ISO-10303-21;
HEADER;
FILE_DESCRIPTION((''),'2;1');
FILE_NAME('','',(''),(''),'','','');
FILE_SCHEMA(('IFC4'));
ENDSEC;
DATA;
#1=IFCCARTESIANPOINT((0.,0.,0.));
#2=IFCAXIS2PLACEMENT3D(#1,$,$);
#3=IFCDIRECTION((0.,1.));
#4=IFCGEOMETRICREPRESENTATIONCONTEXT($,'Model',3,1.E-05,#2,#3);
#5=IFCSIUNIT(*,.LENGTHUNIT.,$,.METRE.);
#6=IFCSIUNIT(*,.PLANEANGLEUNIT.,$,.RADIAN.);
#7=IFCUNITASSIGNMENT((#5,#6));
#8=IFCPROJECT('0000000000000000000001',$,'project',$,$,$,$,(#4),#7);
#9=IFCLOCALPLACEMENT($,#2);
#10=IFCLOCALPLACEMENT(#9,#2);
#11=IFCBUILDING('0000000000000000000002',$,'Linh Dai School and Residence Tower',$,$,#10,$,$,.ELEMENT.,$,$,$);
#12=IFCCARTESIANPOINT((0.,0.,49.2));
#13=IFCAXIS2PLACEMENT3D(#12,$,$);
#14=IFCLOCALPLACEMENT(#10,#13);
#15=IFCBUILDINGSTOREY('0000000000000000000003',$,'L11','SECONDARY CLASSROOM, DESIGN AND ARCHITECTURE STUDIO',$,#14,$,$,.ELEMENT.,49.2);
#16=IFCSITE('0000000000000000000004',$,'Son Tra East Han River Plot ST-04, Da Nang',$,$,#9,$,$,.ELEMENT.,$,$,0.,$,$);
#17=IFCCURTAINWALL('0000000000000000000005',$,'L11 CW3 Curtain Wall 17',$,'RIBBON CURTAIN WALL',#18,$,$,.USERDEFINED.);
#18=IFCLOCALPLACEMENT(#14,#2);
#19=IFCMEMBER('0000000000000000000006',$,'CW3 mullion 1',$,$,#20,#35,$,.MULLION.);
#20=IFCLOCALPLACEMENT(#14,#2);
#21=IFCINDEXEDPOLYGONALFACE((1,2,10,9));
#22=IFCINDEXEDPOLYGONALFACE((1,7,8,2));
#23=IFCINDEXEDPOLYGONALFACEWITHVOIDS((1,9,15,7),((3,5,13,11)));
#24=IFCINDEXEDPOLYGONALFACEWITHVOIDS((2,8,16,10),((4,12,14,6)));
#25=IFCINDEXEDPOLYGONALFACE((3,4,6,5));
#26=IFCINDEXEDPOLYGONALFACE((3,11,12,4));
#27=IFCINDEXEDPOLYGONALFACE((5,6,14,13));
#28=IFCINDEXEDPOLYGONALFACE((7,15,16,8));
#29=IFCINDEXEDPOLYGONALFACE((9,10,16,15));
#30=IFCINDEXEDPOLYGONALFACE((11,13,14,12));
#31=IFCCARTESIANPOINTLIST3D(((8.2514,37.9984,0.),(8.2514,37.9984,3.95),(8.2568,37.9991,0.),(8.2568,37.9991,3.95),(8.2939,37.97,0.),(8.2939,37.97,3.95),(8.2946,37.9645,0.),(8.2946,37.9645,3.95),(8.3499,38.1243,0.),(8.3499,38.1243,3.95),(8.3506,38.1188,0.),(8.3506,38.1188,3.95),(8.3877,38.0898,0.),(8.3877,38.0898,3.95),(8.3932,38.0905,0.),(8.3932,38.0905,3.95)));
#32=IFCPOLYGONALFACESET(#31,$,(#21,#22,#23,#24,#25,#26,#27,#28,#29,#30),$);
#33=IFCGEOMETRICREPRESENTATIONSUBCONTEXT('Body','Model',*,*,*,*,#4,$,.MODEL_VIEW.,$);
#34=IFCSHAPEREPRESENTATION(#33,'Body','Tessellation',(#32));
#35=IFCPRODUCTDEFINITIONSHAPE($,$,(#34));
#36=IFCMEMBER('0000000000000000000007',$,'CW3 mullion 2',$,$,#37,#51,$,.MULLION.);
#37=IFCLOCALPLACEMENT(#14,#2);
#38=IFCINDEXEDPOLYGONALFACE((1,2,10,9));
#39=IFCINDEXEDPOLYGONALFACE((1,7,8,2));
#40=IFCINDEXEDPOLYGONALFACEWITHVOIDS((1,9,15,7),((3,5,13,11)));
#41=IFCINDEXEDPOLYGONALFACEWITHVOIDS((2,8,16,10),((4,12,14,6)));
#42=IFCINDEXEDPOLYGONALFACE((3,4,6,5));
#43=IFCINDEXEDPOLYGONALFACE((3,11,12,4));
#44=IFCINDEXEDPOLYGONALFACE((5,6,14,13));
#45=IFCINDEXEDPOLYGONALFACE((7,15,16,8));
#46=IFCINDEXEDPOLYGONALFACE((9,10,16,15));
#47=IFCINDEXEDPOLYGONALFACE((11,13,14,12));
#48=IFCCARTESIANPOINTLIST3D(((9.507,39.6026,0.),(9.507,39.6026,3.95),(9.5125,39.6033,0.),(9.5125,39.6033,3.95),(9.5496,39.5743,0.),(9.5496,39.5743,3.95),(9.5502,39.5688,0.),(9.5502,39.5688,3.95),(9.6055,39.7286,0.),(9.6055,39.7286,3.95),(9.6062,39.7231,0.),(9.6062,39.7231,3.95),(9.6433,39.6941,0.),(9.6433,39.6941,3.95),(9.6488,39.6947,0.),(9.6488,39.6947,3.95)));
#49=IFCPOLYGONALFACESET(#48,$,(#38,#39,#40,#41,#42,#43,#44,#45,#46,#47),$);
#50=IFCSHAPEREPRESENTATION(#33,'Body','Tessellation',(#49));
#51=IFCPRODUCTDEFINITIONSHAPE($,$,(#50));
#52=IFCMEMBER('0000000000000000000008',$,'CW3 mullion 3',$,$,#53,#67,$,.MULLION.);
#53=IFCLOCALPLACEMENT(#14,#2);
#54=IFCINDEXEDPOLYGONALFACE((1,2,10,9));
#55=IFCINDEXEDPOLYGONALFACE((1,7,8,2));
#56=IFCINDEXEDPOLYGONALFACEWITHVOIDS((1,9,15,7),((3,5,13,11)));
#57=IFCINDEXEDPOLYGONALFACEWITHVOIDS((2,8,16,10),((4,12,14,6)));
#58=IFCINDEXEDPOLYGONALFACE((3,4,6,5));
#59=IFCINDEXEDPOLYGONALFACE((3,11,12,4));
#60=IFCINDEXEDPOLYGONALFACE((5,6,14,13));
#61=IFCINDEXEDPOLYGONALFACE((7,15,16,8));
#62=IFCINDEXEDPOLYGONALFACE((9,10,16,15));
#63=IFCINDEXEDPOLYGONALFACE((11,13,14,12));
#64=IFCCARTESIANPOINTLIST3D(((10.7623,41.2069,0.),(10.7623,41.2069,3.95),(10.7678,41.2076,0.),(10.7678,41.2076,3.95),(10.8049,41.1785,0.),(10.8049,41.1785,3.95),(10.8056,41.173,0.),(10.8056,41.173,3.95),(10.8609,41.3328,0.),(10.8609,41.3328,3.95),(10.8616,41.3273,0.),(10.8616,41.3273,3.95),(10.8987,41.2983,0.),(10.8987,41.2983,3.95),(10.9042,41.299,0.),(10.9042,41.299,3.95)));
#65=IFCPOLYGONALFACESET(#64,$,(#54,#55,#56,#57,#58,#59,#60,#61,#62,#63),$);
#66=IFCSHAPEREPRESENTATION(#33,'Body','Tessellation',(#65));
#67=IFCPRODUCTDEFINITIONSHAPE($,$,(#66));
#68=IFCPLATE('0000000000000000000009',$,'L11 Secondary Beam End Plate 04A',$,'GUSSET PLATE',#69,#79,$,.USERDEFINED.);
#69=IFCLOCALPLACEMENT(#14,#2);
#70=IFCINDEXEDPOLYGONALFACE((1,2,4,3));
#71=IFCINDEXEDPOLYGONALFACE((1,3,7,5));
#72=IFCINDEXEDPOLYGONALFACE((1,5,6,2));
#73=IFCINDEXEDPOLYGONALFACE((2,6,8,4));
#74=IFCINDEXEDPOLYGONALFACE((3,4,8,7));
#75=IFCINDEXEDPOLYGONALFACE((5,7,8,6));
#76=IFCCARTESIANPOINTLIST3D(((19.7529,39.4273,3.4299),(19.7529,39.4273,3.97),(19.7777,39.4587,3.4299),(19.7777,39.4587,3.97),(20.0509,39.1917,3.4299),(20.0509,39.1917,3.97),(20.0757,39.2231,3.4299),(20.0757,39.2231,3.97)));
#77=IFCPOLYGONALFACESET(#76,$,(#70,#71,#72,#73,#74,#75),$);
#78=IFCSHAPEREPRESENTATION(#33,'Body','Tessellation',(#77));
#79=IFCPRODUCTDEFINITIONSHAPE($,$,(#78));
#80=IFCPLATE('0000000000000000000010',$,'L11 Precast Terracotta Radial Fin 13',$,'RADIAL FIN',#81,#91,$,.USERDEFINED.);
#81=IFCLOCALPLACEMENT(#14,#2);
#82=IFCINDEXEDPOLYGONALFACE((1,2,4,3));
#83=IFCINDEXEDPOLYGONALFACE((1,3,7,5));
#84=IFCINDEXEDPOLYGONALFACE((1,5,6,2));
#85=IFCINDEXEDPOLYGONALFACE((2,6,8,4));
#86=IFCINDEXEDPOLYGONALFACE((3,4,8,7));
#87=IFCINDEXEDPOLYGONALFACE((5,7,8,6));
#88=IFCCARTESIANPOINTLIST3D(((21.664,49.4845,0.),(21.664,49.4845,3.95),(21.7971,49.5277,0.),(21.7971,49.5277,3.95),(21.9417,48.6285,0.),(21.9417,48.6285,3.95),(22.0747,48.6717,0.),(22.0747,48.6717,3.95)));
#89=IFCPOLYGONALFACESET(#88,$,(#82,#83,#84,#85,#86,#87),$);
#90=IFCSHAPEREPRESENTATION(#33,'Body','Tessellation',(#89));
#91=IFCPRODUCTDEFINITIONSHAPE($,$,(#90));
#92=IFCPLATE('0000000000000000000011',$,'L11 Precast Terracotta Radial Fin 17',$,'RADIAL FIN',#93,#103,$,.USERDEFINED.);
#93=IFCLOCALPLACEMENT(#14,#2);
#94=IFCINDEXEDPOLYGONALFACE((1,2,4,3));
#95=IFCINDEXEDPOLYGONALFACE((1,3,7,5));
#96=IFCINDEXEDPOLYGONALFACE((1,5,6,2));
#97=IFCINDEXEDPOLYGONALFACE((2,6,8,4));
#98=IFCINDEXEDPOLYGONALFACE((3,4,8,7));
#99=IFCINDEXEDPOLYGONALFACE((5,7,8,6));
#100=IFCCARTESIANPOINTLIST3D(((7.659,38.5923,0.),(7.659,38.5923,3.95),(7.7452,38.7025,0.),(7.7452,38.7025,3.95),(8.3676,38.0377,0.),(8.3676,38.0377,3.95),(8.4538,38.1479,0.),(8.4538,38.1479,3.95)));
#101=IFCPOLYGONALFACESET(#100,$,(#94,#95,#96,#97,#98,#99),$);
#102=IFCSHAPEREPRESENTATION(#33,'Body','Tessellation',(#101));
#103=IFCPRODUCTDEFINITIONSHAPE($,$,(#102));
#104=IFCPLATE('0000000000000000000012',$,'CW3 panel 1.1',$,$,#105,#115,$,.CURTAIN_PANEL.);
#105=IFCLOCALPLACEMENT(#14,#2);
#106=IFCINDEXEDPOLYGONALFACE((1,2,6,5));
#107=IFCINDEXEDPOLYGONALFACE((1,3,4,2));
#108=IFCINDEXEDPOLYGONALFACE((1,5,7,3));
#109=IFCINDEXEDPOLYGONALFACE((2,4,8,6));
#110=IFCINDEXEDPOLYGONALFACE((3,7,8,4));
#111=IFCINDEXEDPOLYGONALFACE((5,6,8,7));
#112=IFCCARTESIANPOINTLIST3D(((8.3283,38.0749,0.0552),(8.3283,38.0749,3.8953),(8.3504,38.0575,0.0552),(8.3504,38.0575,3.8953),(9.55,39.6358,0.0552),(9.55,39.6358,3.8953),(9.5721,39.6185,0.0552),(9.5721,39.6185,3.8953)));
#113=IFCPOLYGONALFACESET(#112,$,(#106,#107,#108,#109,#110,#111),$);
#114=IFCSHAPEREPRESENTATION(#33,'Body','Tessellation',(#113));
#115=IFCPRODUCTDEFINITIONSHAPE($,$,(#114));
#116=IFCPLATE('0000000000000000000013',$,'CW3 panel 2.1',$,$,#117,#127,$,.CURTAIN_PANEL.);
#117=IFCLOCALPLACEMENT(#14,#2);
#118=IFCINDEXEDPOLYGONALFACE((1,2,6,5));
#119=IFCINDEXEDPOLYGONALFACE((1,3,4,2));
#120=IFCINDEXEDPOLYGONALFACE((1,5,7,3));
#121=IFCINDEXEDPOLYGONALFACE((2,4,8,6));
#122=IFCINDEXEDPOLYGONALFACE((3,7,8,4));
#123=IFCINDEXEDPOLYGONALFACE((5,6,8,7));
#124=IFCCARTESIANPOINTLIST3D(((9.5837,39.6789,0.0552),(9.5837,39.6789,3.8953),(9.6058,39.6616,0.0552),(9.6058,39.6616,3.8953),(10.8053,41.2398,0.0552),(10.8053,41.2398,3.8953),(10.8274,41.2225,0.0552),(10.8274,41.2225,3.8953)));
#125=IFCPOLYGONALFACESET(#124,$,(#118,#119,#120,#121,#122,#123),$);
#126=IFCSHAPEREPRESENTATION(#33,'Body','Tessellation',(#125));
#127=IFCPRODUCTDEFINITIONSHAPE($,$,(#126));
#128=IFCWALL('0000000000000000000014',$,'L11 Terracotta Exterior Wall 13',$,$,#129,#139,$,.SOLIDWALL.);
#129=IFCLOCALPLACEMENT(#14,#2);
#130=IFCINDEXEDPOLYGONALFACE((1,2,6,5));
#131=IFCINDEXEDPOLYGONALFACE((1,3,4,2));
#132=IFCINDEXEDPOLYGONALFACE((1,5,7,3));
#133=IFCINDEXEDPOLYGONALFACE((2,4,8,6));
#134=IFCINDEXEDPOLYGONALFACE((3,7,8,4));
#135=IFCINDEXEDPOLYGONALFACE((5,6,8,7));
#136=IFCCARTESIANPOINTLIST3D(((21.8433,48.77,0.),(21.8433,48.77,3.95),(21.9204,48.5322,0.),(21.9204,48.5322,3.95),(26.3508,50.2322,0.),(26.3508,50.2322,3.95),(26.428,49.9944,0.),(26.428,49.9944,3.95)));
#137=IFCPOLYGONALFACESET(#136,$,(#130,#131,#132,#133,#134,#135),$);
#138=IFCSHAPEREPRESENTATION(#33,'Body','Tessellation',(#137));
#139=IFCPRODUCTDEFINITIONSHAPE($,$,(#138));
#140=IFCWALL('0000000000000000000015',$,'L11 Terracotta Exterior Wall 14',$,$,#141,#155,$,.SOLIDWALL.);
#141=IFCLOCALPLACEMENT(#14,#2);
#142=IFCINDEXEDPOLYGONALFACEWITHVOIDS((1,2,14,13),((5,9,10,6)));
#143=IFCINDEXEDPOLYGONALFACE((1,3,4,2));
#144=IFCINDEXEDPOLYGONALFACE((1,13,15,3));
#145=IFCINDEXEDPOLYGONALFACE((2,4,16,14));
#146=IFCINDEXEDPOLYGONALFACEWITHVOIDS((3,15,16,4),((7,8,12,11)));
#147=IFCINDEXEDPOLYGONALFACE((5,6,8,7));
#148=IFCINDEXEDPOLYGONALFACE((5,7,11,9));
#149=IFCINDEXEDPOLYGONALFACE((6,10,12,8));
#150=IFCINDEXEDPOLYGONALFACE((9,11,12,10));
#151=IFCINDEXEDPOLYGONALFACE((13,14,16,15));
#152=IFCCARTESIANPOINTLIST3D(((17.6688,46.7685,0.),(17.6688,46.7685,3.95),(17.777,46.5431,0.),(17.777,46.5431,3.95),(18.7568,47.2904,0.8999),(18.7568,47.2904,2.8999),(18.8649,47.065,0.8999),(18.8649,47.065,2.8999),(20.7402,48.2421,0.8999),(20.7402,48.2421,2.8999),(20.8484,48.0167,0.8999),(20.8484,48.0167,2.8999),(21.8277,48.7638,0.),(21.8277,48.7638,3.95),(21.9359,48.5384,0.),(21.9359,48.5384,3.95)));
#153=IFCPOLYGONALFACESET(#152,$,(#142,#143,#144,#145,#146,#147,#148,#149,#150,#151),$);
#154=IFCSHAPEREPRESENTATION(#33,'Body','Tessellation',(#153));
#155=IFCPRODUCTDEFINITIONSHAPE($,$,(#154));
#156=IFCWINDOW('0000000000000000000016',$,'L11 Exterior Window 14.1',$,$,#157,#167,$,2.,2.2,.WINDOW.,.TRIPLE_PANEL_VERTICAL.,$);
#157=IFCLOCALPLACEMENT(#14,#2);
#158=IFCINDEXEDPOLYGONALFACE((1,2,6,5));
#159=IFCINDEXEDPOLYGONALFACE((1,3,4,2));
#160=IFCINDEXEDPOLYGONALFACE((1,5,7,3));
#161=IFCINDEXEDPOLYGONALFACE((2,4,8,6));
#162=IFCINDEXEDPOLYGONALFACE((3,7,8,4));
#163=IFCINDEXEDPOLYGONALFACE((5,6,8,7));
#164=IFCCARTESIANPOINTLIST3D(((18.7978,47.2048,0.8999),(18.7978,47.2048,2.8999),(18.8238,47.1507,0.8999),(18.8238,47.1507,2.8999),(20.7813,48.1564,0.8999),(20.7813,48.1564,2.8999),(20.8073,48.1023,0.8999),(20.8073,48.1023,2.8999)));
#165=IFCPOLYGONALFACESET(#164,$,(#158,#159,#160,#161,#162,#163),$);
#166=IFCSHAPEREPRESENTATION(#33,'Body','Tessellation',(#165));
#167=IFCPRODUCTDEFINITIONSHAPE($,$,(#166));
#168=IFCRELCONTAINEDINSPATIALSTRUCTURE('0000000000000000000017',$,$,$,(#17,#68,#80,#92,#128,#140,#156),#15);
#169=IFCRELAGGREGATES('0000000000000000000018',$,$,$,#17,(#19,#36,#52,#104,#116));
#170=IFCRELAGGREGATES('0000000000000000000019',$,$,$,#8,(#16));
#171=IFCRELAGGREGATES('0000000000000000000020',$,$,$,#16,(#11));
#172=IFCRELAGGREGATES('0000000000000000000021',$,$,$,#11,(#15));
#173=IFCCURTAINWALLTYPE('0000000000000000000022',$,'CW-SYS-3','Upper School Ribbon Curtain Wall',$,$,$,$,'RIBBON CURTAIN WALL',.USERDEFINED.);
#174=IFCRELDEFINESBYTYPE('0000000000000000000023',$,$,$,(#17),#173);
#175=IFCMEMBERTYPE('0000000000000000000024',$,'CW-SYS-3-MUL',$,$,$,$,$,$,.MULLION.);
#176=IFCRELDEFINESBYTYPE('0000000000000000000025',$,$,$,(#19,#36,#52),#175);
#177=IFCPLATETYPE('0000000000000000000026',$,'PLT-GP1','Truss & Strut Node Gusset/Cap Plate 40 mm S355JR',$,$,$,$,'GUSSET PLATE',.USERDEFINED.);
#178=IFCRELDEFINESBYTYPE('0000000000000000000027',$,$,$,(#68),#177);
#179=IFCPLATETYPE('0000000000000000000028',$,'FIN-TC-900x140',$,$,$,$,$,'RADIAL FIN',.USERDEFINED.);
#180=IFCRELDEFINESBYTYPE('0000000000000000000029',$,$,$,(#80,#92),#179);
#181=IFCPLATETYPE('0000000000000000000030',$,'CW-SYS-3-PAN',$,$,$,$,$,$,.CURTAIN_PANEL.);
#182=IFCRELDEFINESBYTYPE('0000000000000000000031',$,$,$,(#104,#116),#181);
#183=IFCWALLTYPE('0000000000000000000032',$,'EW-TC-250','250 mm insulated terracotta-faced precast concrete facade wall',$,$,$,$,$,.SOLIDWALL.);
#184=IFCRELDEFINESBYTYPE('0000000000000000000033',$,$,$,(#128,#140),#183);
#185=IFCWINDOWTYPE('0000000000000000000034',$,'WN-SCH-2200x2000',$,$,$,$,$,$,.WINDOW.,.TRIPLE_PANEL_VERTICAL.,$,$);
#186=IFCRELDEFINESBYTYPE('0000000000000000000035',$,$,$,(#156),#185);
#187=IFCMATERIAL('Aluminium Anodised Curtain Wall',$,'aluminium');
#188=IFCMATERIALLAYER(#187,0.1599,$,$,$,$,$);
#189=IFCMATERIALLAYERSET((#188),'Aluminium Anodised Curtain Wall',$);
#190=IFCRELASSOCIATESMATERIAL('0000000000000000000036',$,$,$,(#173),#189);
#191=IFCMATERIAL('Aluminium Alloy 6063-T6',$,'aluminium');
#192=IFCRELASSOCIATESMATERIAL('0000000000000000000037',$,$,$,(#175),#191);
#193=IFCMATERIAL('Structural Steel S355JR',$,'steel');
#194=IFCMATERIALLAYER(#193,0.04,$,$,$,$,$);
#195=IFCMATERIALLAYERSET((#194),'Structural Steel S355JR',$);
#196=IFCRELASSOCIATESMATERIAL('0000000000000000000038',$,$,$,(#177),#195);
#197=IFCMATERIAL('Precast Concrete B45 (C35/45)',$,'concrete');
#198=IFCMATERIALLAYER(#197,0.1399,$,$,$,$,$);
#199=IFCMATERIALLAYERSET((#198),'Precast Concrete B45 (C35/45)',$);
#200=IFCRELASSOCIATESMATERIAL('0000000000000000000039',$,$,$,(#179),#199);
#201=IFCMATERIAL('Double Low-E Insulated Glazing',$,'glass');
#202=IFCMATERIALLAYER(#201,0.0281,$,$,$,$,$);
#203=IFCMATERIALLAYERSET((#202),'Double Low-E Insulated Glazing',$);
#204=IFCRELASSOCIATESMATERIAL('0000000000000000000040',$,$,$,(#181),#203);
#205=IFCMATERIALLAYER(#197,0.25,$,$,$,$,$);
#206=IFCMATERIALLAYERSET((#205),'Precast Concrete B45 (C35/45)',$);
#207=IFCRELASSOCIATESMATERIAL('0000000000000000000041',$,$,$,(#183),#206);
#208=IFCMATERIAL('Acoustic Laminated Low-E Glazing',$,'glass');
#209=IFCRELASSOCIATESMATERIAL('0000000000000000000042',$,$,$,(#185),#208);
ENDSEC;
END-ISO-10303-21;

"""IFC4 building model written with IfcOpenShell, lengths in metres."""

from ifc_helpers import new_model, si_unit, direction, frame, frame_2d, origin, origin_2d, place, context, subcontext, project, spatial, rectangle, hollow_rectangle, extrude, source, transform, mapped, material, layer, layer_set, material_profile, profile_set, type_object, element, fill, aggregate, save


model = new_model("IFC4")

# Units and contexts
model_context = context("Model", 3, precision=1e-05, world=origin(), true_north=direction((0.0, 1.0)))
body_context = subcontext(model_context, "Body", "Model", "MODEL_VIEW")
ifc_project = project(units=[si_unit("LENGTHUNIT", "METRE"), si_unit("PLANEANGLEUNIT", "RADIAN")], contexts=[model_context])

# Site, building, storey
site_placement = place(None, origin())
site = spatial("IfcSite", under=ifc_project, at=site_placement, Name="Son Tra East Han River Plot ST-04, Da Nang", CompositionType="ELEMENT", RefElevation=0.0)
building_placement = place(site_placement, origin())
building = spatial("IfcBuilding", under=site, at=building_placement, Name="Linh Dai School and Residence Tower", CompositionType="ELEMENT")
storey_placement = place(building_placement, frame((0.0, 0.0, 49.2)))
storey = spatial("IfcBuildingStorey", under=building, at=storey_placement, Name="L11", Description="SECONDARY CLASSROOM, DESIGN AND ARCHITECTURE STUDIO", CompositionType="ELEMENT", Elevation=49.2)

# Shared definitions
ifc_material_1 = material(Name="Structural Steel S355JR", Category="steel")

# Curtain wall, members
ifc_material_2 = material(Name="Aluminium Anodised Curtain Wall", Category="aluminium")
ifc_layer_1 = layer(ifc_material_2, 0.1599)
ifc_layer_set_1 = layer_set([ifc_layer_1], Name="Aluminium Anodised Curtain Wall")
curtain_wall_type = type_object("IfcCurtainWallType", Name="CW-SYS-3", Description="Upper School Ribbon Curtain Wall", ElementType="RIBBON CURTAIN WALL", PredefinedType="USERDEFINED", material=ifc_layer_set_1)
curtain_wall_placement = place(storey_placement, origin())
curtain_wall = element("IfcCurtainWall", 1, at=curtain_wall_placement, inside=storey, type_object=curtain_wall_type, Name="L11 CW3 Curtain Wall 17", ObjectType="RIBBON CURTAIN WALL", PredefinedType="USERDEFINED")
ifc_material_3 = material(Name="Aluminium Alloy 6063-T6", Category="aluminium")
ifc_material_profile_1 = material_profile(ifc_material_3, hollow_rectangle(XDim=0.0549, YDim=0.1599, WallThickness=0.0039, at=origin_2d()), Name="RHS 160x55x4")
ifc_profile_set_1 = profile_set([ifc_material_profile_1], Name="Aluminium Alloy 6063-T6")
member_type_1 = type_object("IfcMemberType", Name="CW-SYS-3-MUL", PredefinedType="MULLION", material=ifc_profile_set_1)
shared_shape_1 = source(origin(), body_context, "Body", "SweptSolid", [
    extrude(hollow_rectangle(XDim=0.0549, YDim=0.1599, WallThickness=0.0039, at=origin_2d()), origin(), (0.0, 0.0, 1.0), 3.95),
])
member_1_placement = place(storey_placement, frame((8.3223, 38.0444, 0.0), z_axis=(0.0, 0.0, 1.0), x_axis=(-0.787496, 0.616319, 0.0)))
member_1 = element("IfcMember", 2, at=member_1_placement, type_object=member_type_1, Name="CW3 mullion 1", PredefinedType="MULLION", context=body_context, shape_type="MappedRepresentation", body=[
    mapped(shared_shape_1, transform((0.0, 0.0, 0.0), x_axis=(1.0, 0.0, 0.0), y_axis=(0.0, 1.0, 0.0), z_axis=(0.0, 0.0, 1.0), scale=1.0)),
])
member_2_placement = place(storey_placement, frame((9.5779, 39.6487, 0.0), z_axis=(0.0, 0.0, 1.0), x_axis=(-0.787496, 0.616319, 0.0)))
member_2 = element("IfcMember", 3, at=member_2_placement, type_object=member_type_1, Name="CW3 mullion 2", PredefinedType="MULLION", context=body_context, shape_type="MappedRepresentation", body=[
    mapped(shared_shape_1, transform((0.0, 0.0, 0.0), x_axis=(1.0, 0.0, 0.0), y_axis=(0.0, 1.0, 0.0), z_axis=(0.0, 0.0, 1.0), scale=1.0)),
])
member_3_placement = place(storey_placement, frame((10.8333, 41.2529, 0.0), z_axis=(0.0, 0.0, 1.0), x_axis=(-0.787496, 0.616319, 0.0)))
member_3 = element("IfcMember", 4, at=member_3_placement, type_object=member_type_1, Name="CW3 mullion 3", PredefinedType="MULLION", context=body_context, shape_type="MappedRepresentation", body=[
    mapped(shared_shape_1, transform((0.0, 0.0, 0.0), x_axis=(1.0, 0.0, 0.0), y_axis=(0.0, 1.0, 0.0), z_axis=(0.0, 0.0, 1.0), scale=1.0)),
])

# Plates
ifc_layer_2 = layer(ifc_material_1, 0.04)
ifc_layer_set_2 = layer_set([ifc_layer_2], Name="Structural Steel S355JR")
plate_type_1 = type_object("IfcPlateType", Name="PLT-GP1", Description="Truss & Strut Node Gusset/Cap Plate 40 mm S355JR", ElementType="GUSSET PLATE", PredefinedType="USERDEFINED", material=ifc_layer_set_2)
shared_shape_2 = source(origin(), body_context, "Body", "SweptSolid", [
    extrude(rectangle(XDim=0.04, YDim=0.3799, at=origin_2d()), origin(), (0.0, 0.0, 1.0), 0.54),
])
plate_1_placement = place(storey_placement, frame((19.9143, 39.3252, 3.4299), z_axis=(0.0, 0.0, 1.0), x_axis=(-0.620178, -0.784461, 0.0)))
element("IfcPlate", 5, at=plate_1_placement, inside=storey, type_object=plate_type_1, Name="L11 Secondary Beam End Plate 04A", ObjectType="GUSSET PLATE", PredefinedType="USERDEFINED", context=body_context, shape_type="MappedRepresentation", body=[
    mapped(shared_shape_2, transform((0.0, 0.0, 0.0), x_axis=(1.0, 0.0, 0.0), y_axis=(0.0, 1.0, 0.0), z_axis=(0.0, 0.0, 1.0), scale=1.0)),
])
ifc_material_4 = material(Name="Precast Concrete B45 (C35/45)", Category="concrete")
ifc_layer_3 = layer(ifc_material_4, 0.1399)
ifc_layer_set_3 = layer_set([ifc_layer_3], Name="Precast Concrete B45 (C35/45)")
plate_type_2 = type_object("IfcPlateType", Name="FIN-TC-900x140", ElementType="RADIAL FIN", PredefinedType="USERDEFINED", material=ifc_layer_set_3)
shared_shape_3 = source(origin(), body_context, "Body", "SweptSolid", [
    extrude(rectangle(XDim=0.8999, YDim=0.1399, at=origin_2d()), origin(), (0.0, 0.0, 1.0), 3.95),
])
for number, where, z_axis, x_axis, name in (
    (6, (21.8694, 49.0781, 0.0), (0.0, 0.0, 1.0), (-0.308511, 0.951221, 0.0), "L11 Precast Terracotta Radial Fin 13"),
    (7, (8.0564, 38.3701, 0.0), (0.0, 0.0, 1.0), (-0.787496, 0.616319, 0.0), "L11 Precast Terracotta Radial Fin 17"),
):
    element("IfcPlate", number, at=place(storey_placement, frame(where, z_axis=z_axis, x_axis=x_axis)), inside=storey, type_object=plate_type_2, Name=name, ObjectType="RADIAL FIN", PredefinedType="USERDEFINED", context=body_context, shape_type="MappedRepresentation", body=[
        mapped(shared_shape_3, transform((0.0, 0.0, 0.0), x_axis=(1.0, 0.0, 0.0), y_axis=(0.0, 1.0, 0.0), z_axis=(0.0, 0.0, 1.0), scale=1.0)),
    ])

# Plates
ifc_material_5 = material(Name="Double Low-E Insulated Glazing", Category="glass")
ifc_layer_4 = layer(ifc_material_5, 0.0281)
ifc_layer_set_4 = layer_set([ifc_layer_4], Name="Double Low-E Insulated Glazing")
plate_type_3 = type_object("IfcPlateType", Name="CW-SYS-3-PAN", PredefinedType="CURTAIN_PANEL", material=ifc_layer_set_4)
shared_shape_4 = source(origin(), body_context, "Body", "SweptSolid", [
    extrude(rectangle(XDim=1.9822, YDim=0.0281, at=origin_2d()), origin(), (0.0, 0.0, 1.0), 3.8401),
])
plate_2_placement = place(storey_placement, frame((8.9502, 38.8467, 0.0552), z_axis=(0.0, 0.0, 1.0), x_axis=(0.616319, 0.787496, 0.0)))
plate_2 = element("IfcPlate", 8, at=plate_2_placement, type_object=plate_type_3, Name="CW3 panel 1.1", PredefinedType="CURTAIN_PANEL", context=body_context, shape_type="MappedRepresentation", body=[
    mapped(shared_shape_4, transform((0.0, 0.0, 0.0), x_axis=(1.0, 0.0, 0.0), y_axis=(0.0, 1.0, 0.0), z_axis=(0.0, 0.0, 1.0), scale=1.0)),
])
plate_3_placement = place(storey_placement, frame((10.2056, 40.4507, 0.0552), z_axis=(0.0, 0.0, 1.0), x_axis=(0.616319, 0.787496, 0.0)))
plate_3 = element("IfcPlate", 9, at=plate_3_placement, type_object=plate_type_3, Name="CW3 panel 2.1", PredefinedType="CURTAIN_PANEL", context=body_context, shape_type="MappedRepresentation", body=[
    mapped(shared_shape_4, transform((0.0, 0.0, 0.0), x_axis=(1.0, 0.0, 0.0), y_axis=(0.0, 1.0, 0.0), z_axis=(0.0, 0.0, 1.0), scale=1.0)),
])
aggregate(curtain_wall, [member_1, member_2, member_3, plate_2, plate_3])

# Wall
ifc_layer_5 = layer(ifc_material_4, 0.25)
ifc_layer_set_5 = layer_set([ifc_layer_5], Name="Precast Concrete B45 (C35/45)")
wall_type_1 = type_object("IfcWallType", Name="EW-TC-250", Description="250 mm insulated terracotta-faced precast concrete facade wall", PredefinedType="SOLIDWALL", material=ifc_layer_set_5)
wall_1_placement = place(storey_placement, frame((21.8818, 48.6511, 0.0), z_axis=(0.0, 0.0, 1.0), x_axis=(0.951208, 0.308551, 0.0)))
element("IfcWall", 10, at=wall_1_placement, inside=storey, type_object=wall_type_1, Name="L11 Terracotta Exterior Wall 13", PredefinedType="SOLIDWALL", context=body_context, shape_type="SweptSolid", body=[
    extrude(rectangle(XDim=4.7388, YDim=0.25, at=frame_2d((2.3694, 0.0))), origin(), (0.0, 0.0, 1.0), 3.95),
])

# Wall, opening, window
wall_2_placement = place(storey_placement, frame((17.7229, 46.6558, 0.0), z_axis=(0.0, 0.0, 1.0), x_axis=(0.901602, 0.432568, 0.0)))
wall_2 = element("IfcWall", 11, at=wall_2_placement, inside=storey, type_object=wall_type_1, Name="L11 Terracotta Exterior Wall 14", PredefinedType="SOLIDWALL", context=body_context, shape_type="SweptSolid", body=[
    extrude(rectangle(XDim=4.6128, YDim=0.25, at=frame_2d((2.3064, 0.0))), origin(), (0.0, 0.0, 1.0), 3.95),
])
opening_1_placement = place(wall_2_placement, frame((1.2065, 0.0, 0.8999)))
opening_1 = element("IfcOpeningElement", 12, at=opening_1_placement, cuts=wall_2, PredefinedType="OPENING", context=body_context, shape_type="SweptSolid", body=[
    extrude(rectangle(XDim=2.2, YDim=2.0, at=origin_2d()), frame((1.1001, 0.135, 1.0), z_axis=(0.0, -1.0, 0.0), x_axis=(1.0, 0.0, 0.0)), (0.0, 0.0, 1.0), 0.27),
])
ifc_material_6 = material(Name="Acoustic Laminated Low-E Glazing", Category="glass")
window_type = type_object("IfcWindowType", Name="WN-SCH-2200x2000", PartitioningType="TRIPLE_PANEL_VERTICAL", PredefinedType="WINDOW", material=ifc_material_6)
shared_shape_5 = source(origin(), body_context, "Body", "SweptSolid", [
    extrude(rectangle(XDim=2.2, YDim=2.0, at=origin_2d()), frame((1.1001, 0.03, 1.0), z_axis=(0.0, -1.0, 0.0), x_axis=(1.0, 0.0, 0.0)), (0.0, 0.0, 1.0), 0.0601),
])
window_1_placement = place(opening_1_placement, origin())
window_1 = element("IfcWindow", 13, at=window_1_placement, inside=storey, type_object=window_type, Name="L11 Exterior Window 14.1", OverallHeight=2.0, OverallWidth=2.2, PartitioningType="TRIPLE_PANEL_VERTICAL", PredefinedType="WINDOW", context=body_context, shape_type="MappedRepresentation", body=[
    mapped(shared_shape_5, transform((0.0, 0.0, 0.0), x_axis=(1.0, 0.0, 0.0), y_axis=(0.0, 1.0, 0.0), z_axis=(0.0, 0.0, 1.0), scale=1.0)),
])
fill(opening_1, window_1)

save(model, "model.ifc")
